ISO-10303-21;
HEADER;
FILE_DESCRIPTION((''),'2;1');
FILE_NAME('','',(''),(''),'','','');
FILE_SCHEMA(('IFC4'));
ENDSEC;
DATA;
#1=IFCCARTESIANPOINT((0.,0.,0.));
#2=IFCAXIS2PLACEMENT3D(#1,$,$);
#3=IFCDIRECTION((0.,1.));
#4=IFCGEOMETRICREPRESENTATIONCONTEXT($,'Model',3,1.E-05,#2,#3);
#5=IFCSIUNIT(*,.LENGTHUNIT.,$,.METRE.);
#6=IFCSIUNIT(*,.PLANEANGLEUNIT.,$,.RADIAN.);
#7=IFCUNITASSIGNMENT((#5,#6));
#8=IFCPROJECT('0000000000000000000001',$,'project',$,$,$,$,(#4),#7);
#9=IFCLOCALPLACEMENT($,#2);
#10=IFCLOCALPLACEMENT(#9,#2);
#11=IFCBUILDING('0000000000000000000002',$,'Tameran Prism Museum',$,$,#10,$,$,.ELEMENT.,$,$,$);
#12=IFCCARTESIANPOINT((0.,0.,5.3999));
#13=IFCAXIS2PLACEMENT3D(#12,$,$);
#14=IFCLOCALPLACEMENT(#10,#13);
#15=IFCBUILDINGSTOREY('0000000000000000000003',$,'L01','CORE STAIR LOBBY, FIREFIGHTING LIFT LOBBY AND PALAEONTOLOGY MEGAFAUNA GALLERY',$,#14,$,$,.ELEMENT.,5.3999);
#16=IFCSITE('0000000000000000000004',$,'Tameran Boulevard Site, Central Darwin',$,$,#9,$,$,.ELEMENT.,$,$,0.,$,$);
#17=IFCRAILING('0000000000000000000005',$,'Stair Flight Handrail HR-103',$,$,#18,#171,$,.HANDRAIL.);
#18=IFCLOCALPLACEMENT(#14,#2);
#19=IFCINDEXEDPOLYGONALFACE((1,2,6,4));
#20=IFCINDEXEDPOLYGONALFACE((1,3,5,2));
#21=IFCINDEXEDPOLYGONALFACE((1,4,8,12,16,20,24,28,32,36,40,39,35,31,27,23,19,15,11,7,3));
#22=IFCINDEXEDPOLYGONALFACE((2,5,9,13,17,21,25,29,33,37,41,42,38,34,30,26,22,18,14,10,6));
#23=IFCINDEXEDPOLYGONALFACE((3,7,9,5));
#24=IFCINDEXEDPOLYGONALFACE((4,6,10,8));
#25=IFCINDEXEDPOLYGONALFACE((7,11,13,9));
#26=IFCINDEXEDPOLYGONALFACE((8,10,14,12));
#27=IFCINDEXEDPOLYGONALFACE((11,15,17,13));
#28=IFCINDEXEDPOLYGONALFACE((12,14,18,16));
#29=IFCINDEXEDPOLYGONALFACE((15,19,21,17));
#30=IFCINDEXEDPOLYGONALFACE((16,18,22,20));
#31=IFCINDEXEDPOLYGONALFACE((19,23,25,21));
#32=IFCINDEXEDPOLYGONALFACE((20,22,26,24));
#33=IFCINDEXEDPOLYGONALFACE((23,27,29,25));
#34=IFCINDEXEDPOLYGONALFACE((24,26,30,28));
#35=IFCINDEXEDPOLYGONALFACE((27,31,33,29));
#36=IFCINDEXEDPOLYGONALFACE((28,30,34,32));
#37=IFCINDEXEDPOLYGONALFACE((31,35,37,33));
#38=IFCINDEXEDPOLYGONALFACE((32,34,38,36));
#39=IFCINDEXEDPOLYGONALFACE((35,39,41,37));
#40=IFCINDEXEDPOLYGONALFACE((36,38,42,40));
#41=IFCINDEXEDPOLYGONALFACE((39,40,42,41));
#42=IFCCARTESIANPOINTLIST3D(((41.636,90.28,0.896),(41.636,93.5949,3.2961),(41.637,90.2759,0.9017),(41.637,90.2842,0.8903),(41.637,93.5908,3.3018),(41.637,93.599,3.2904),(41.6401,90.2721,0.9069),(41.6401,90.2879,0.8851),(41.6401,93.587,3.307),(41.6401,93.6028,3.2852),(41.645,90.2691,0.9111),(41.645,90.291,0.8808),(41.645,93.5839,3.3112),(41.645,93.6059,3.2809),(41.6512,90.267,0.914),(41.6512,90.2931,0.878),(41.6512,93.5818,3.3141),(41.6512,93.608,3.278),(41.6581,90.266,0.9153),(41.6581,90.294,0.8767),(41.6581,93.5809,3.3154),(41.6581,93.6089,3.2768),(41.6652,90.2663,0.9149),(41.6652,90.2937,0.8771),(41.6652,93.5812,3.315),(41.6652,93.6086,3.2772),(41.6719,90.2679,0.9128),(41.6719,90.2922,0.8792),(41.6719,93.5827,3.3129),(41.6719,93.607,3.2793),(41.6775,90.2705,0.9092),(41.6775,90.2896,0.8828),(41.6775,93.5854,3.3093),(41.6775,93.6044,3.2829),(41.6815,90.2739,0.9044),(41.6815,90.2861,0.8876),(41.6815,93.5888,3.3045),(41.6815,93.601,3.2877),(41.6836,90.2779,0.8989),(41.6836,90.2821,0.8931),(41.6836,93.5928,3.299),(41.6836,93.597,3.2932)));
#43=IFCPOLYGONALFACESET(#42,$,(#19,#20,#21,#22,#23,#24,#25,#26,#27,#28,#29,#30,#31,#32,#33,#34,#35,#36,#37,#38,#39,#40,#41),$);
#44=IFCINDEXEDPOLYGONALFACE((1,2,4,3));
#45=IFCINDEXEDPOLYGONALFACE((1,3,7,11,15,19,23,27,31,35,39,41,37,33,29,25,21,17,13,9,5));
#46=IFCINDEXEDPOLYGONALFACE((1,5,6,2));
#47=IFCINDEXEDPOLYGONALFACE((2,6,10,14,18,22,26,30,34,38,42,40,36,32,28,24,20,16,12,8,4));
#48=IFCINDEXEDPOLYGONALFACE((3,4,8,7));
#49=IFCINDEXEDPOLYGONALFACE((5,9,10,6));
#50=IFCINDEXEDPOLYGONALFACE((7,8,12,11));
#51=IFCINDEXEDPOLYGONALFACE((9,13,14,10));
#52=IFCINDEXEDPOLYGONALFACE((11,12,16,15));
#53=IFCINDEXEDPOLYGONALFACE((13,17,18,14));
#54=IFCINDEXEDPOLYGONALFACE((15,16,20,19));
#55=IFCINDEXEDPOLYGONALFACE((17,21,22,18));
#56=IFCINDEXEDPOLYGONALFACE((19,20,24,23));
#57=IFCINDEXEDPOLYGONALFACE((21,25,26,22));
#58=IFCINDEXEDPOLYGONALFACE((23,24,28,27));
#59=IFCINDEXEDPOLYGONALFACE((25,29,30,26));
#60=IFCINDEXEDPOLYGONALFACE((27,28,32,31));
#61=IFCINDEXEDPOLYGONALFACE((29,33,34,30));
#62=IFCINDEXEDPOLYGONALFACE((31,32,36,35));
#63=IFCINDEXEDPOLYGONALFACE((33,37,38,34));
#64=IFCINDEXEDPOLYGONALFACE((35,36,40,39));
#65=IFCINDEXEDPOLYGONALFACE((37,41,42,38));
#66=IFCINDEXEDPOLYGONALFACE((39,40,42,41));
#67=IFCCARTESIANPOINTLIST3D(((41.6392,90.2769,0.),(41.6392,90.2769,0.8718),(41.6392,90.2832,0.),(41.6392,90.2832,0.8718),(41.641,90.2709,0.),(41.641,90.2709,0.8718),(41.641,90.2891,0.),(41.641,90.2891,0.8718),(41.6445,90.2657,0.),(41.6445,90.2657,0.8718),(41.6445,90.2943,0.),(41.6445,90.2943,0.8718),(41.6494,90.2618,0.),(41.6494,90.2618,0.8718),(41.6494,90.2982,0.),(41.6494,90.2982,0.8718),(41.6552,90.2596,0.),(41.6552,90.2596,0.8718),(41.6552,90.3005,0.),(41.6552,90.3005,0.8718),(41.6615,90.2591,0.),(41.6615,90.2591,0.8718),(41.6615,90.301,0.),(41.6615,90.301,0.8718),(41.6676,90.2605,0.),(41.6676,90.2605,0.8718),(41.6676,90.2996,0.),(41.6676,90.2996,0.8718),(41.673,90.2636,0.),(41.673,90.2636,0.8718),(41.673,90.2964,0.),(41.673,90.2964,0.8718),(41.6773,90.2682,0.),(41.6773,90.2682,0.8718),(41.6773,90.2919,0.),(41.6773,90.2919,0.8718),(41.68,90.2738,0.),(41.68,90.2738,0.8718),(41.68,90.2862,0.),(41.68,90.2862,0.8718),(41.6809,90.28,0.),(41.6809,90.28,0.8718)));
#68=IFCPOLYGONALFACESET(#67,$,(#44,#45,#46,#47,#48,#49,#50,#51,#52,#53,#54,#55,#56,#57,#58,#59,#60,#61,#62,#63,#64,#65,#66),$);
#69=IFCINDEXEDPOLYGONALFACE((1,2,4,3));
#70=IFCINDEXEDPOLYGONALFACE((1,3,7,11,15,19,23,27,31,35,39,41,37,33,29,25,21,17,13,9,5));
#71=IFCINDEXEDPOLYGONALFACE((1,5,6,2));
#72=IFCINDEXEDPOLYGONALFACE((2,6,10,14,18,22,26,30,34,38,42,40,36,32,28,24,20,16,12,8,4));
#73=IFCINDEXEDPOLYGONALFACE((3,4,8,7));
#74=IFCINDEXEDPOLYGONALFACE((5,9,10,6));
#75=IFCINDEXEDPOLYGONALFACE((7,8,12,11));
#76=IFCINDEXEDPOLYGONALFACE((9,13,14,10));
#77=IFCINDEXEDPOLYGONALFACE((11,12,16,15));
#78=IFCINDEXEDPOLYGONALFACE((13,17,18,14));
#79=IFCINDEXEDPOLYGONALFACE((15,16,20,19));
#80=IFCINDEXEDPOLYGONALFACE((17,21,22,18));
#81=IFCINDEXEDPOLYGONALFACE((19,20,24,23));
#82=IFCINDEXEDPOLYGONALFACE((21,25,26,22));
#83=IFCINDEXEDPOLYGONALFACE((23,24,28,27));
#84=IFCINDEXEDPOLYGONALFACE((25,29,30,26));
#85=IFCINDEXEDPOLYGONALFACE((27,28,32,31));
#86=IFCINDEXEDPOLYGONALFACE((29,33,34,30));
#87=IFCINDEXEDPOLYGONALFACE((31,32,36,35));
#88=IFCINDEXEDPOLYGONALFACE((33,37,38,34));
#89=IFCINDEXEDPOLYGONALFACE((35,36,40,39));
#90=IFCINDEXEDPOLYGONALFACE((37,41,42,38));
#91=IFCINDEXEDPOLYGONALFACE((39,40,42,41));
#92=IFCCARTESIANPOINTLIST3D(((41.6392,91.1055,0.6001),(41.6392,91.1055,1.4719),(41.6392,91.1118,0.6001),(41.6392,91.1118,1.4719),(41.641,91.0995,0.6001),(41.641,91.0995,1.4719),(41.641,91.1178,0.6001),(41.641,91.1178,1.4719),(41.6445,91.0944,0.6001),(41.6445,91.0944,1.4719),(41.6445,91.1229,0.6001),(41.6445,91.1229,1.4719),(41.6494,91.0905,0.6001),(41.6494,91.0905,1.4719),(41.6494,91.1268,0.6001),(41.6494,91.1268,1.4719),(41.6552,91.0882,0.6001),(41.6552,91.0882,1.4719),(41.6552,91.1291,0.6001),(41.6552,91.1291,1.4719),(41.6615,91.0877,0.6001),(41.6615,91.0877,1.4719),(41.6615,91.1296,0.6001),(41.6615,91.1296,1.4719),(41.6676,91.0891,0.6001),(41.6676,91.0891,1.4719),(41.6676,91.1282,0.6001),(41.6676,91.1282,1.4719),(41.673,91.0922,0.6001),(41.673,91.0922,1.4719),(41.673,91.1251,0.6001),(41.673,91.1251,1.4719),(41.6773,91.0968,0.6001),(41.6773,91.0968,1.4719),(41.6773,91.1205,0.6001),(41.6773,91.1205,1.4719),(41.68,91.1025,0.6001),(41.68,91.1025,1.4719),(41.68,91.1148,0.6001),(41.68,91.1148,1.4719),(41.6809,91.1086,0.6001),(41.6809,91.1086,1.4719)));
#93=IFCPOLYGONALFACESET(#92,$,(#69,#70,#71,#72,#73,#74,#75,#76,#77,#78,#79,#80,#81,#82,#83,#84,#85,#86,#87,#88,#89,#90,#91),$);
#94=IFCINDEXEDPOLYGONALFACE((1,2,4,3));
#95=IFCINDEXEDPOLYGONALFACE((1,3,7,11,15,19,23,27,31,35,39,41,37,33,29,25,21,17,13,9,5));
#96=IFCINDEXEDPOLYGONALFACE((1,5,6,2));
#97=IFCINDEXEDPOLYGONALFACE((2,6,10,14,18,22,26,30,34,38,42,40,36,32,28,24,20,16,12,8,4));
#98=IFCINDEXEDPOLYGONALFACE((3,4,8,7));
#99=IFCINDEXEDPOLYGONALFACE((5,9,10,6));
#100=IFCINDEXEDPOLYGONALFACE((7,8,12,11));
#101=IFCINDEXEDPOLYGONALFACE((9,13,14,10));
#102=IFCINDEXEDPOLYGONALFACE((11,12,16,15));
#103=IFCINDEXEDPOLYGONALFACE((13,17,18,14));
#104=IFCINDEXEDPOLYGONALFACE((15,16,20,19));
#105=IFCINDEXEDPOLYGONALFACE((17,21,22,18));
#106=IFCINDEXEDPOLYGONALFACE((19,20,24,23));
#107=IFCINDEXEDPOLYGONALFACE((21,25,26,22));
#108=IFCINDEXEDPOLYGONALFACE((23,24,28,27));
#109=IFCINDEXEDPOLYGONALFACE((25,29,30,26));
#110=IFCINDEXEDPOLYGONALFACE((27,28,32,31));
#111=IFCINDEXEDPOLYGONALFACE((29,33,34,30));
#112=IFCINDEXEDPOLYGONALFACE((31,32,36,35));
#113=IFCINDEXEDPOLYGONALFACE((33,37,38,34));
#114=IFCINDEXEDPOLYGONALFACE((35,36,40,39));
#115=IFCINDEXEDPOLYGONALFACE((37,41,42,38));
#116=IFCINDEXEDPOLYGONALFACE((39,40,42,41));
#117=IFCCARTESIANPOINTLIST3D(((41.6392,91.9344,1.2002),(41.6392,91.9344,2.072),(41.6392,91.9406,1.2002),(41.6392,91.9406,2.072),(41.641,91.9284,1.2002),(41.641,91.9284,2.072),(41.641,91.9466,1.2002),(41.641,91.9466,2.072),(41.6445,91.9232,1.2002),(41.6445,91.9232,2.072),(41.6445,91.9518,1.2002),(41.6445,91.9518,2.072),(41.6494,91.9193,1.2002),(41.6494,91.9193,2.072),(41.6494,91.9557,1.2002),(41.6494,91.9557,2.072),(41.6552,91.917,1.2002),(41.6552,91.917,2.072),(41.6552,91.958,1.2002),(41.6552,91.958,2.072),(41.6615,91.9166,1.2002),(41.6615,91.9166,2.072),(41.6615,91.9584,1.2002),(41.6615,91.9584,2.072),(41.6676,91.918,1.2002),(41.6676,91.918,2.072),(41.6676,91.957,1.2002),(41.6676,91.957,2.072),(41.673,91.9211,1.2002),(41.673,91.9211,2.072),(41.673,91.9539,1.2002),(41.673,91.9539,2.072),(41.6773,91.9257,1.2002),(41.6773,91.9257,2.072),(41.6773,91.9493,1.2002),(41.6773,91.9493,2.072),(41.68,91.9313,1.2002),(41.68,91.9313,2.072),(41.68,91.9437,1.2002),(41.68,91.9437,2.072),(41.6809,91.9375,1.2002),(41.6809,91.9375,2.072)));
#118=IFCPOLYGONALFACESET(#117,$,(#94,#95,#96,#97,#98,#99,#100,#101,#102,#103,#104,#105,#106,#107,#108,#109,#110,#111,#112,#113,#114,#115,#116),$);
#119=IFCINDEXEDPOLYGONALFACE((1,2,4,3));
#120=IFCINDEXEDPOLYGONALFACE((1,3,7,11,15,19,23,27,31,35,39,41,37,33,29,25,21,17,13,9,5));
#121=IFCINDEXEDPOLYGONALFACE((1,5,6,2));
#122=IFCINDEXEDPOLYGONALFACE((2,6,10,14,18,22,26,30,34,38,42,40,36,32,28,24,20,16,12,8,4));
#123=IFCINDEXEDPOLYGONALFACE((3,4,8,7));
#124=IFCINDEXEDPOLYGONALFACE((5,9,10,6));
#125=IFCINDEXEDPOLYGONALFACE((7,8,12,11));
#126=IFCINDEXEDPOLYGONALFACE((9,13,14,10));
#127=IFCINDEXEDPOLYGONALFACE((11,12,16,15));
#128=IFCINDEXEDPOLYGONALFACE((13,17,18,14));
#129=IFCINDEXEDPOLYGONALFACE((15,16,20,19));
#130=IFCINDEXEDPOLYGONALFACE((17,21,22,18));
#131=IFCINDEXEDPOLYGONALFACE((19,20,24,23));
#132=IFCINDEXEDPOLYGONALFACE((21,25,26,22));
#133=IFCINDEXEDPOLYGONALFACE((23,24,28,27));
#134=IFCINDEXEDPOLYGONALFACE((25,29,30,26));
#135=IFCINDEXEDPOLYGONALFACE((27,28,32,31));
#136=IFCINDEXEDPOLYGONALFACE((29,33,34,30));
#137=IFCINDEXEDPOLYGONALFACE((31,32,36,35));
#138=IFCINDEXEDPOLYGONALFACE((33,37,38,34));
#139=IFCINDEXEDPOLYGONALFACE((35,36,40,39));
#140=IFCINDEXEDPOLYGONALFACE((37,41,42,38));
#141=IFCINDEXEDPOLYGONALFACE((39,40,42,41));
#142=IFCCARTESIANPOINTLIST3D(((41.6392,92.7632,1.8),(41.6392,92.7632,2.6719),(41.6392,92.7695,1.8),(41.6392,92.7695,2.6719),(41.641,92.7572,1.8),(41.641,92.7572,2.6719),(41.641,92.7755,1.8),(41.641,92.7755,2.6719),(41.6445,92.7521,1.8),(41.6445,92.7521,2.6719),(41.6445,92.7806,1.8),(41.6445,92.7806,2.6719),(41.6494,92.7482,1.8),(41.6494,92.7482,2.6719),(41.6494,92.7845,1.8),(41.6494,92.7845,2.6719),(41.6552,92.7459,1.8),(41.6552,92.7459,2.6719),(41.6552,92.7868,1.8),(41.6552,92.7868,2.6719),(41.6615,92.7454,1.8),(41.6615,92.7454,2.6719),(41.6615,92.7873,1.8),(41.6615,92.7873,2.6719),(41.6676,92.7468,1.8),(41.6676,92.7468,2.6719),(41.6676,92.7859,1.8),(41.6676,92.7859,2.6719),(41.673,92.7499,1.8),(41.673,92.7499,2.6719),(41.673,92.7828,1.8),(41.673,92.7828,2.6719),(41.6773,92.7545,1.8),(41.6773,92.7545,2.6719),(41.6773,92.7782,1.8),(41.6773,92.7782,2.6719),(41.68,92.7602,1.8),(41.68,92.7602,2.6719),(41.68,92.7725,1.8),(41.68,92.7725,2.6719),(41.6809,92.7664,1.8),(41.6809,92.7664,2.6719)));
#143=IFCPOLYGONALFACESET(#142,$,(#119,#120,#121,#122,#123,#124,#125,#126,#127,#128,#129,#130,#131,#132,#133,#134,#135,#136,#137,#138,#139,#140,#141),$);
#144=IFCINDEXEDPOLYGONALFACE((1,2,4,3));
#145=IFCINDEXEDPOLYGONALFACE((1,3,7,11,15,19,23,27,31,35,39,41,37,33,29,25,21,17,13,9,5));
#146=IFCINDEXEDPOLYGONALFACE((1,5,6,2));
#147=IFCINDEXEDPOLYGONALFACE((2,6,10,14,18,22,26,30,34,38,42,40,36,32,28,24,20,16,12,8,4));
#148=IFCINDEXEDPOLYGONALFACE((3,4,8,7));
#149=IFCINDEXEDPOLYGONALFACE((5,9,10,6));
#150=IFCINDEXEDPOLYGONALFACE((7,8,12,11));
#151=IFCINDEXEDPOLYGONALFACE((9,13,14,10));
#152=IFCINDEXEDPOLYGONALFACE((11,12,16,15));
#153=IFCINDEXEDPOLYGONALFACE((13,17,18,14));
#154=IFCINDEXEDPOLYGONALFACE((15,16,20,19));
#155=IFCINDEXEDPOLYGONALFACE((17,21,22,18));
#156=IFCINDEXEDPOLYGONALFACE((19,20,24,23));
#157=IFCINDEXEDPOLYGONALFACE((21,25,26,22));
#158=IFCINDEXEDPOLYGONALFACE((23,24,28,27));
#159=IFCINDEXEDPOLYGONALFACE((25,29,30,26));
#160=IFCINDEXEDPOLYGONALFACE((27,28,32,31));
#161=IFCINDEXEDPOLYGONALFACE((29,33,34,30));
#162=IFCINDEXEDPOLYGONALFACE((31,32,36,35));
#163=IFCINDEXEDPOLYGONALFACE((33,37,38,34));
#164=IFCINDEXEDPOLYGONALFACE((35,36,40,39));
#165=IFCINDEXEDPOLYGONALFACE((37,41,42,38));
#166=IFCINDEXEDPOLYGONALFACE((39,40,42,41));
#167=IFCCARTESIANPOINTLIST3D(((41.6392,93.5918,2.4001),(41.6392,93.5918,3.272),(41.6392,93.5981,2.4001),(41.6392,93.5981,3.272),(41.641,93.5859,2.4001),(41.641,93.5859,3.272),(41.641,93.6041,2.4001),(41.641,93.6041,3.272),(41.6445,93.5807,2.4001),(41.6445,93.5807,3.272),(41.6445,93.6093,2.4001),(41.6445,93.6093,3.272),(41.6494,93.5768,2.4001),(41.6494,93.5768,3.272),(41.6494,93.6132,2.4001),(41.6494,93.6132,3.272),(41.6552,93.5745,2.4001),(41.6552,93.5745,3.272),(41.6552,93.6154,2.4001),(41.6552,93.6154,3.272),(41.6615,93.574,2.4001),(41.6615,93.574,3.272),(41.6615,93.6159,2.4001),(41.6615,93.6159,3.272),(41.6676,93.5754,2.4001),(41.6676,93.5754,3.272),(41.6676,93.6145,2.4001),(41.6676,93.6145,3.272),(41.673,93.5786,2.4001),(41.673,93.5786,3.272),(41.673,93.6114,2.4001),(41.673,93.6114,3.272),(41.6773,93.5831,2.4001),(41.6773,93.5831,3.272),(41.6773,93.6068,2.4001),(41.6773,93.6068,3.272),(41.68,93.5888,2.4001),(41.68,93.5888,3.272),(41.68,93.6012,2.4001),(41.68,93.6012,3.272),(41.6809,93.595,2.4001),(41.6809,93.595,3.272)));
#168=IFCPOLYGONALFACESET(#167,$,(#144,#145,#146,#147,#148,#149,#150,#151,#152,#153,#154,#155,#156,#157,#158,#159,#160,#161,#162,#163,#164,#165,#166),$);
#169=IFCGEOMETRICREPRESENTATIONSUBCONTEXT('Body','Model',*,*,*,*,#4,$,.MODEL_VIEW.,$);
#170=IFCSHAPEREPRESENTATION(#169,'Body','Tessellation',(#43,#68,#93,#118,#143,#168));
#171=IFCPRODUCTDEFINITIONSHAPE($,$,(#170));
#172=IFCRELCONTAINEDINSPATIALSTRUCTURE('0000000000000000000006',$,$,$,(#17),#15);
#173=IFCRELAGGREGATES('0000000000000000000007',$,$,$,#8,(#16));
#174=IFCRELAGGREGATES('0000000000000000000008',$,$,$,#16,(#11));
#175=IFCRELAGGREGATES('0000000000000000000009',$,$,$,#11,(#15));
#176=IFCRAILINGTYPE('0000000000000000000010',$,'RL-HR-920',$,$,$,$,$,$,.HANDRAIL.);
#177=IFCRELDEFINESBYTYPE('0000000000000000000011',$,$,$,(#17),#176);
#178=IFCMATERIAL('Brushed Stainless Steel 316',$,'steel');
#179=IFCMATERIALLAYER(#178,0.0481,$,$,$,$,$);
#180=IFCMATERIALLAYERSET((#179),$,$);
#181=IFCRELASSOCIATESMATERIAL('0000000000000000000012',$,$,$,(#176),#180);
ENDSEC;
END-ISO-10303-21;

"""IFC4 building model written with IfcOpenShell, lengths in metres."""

from ifc_helpers import new_model, si_unit, direction, frame, origin, origin_2d, place, context, subcontext, project, spatial, circle, extrude, material, layer, layer_set, type_object, element, save


model = new_model("IFC4")

# Units and contexts
model_context = context("Model", 3, precision=1e-05, world=origin(), true_north=direction((0.0, 1.0)))
body_context = subcontext(model_context, "Body", "Model", "MODEL_VIEW")
ifc_project = project(units=[si_unit("LENGTHUNIT", "METRE"), si_unit("PLANEANGLEUNIT", "RADIAN")], contexts=[model_context])

# Site, building, storey
site_placement = place(None, origin())
site = spatial("IfcSite", under=ifc_project, at=site_placement, Name="Tameran Boulevard Site, Central Darwin", CompositionType="ELEMENT", RefElevation=0.0)
building_placement = place(site_placement, origin())
building = spatial("IfcBuilding", under=site, at=building_placement, Name="Tameran Prism Museum", CompositionType="ELEMENT")
storey_placement = place(building_placement, frame((0.0, 0.0, 5.3999)))
storey = spatial("IfcBuildingStorey", under=building, at=storey_placement, Name="L01", Description="CORE STAIR LOBBY, FIREFIGHTING LIFT LOBBY AND PALAEONTOLOGY MEGAFAUNA GALLERY", CompositionType="ELEMENT", Elevation=5.3999)

# Railing
ifc_material_1 = material(Name="Brushed Stainless Steel 316", Category="steel")
ifc_layer_1 = layer(ifc_material_1, 0.0481)
ifc_layer_set_1 = layer_set([ifc_layer_1])
railing_type_1 = type_object("IfcRailingType", Name="RL-HR-920", PredefinedType="HANDRAIL", material=ifc_layer_set_1)
railing_1_placement = place(storey_placement, frame((41.6599, 90.28, 0.0)))
element("IfcRailing", 1, at=railing_1_placement, inside=storey, type_object=railing_type_1, Name="Stair Flight Handrail HR-103", PredefinedType="HANDRAIL", context=body_context, shape_type="SweptSolid", body=[
    extrude(circle(Radius=0.0239, at=origin_2d()), frame((0.0, 0.0, 0.896), z_axis=(0.0, 0.80998, 0.586457), x_axis=(-1.0, 0.0, 0.0)), (0.0, 0.0, 1.0), 4.0925),
    extrude(circle(Radius=0.021, at=origin_2d()), origin(), (0.0, 0.0, 1.0), 0.8718),
    extrude(circle(Radius=0.021, at=origin_2d()), frame((0.0, 0.8286, 0.6001)), (0.0, 0.0, 1.0), 0.8718),
    extrude(circle(Radius=0.021, at=origin_2d()), frame((0.0, 1.6575, 1.2002)), (0.0, 0.0, 1.0), 0.8718),
    extrude(circle(Radius=0.021, at=origin_2d()), frame((0.0, 2.4863, 1.8)), (0.0, 0.0, 1.0), 0.8718),
    extrude(circle(Radius=0.021, at=origin_2d()), frame((0.0, 3.3149, 2.4001)), (0.0, 0.0, 1.0), 0.8718),
])

save(model, "model.ifc")
